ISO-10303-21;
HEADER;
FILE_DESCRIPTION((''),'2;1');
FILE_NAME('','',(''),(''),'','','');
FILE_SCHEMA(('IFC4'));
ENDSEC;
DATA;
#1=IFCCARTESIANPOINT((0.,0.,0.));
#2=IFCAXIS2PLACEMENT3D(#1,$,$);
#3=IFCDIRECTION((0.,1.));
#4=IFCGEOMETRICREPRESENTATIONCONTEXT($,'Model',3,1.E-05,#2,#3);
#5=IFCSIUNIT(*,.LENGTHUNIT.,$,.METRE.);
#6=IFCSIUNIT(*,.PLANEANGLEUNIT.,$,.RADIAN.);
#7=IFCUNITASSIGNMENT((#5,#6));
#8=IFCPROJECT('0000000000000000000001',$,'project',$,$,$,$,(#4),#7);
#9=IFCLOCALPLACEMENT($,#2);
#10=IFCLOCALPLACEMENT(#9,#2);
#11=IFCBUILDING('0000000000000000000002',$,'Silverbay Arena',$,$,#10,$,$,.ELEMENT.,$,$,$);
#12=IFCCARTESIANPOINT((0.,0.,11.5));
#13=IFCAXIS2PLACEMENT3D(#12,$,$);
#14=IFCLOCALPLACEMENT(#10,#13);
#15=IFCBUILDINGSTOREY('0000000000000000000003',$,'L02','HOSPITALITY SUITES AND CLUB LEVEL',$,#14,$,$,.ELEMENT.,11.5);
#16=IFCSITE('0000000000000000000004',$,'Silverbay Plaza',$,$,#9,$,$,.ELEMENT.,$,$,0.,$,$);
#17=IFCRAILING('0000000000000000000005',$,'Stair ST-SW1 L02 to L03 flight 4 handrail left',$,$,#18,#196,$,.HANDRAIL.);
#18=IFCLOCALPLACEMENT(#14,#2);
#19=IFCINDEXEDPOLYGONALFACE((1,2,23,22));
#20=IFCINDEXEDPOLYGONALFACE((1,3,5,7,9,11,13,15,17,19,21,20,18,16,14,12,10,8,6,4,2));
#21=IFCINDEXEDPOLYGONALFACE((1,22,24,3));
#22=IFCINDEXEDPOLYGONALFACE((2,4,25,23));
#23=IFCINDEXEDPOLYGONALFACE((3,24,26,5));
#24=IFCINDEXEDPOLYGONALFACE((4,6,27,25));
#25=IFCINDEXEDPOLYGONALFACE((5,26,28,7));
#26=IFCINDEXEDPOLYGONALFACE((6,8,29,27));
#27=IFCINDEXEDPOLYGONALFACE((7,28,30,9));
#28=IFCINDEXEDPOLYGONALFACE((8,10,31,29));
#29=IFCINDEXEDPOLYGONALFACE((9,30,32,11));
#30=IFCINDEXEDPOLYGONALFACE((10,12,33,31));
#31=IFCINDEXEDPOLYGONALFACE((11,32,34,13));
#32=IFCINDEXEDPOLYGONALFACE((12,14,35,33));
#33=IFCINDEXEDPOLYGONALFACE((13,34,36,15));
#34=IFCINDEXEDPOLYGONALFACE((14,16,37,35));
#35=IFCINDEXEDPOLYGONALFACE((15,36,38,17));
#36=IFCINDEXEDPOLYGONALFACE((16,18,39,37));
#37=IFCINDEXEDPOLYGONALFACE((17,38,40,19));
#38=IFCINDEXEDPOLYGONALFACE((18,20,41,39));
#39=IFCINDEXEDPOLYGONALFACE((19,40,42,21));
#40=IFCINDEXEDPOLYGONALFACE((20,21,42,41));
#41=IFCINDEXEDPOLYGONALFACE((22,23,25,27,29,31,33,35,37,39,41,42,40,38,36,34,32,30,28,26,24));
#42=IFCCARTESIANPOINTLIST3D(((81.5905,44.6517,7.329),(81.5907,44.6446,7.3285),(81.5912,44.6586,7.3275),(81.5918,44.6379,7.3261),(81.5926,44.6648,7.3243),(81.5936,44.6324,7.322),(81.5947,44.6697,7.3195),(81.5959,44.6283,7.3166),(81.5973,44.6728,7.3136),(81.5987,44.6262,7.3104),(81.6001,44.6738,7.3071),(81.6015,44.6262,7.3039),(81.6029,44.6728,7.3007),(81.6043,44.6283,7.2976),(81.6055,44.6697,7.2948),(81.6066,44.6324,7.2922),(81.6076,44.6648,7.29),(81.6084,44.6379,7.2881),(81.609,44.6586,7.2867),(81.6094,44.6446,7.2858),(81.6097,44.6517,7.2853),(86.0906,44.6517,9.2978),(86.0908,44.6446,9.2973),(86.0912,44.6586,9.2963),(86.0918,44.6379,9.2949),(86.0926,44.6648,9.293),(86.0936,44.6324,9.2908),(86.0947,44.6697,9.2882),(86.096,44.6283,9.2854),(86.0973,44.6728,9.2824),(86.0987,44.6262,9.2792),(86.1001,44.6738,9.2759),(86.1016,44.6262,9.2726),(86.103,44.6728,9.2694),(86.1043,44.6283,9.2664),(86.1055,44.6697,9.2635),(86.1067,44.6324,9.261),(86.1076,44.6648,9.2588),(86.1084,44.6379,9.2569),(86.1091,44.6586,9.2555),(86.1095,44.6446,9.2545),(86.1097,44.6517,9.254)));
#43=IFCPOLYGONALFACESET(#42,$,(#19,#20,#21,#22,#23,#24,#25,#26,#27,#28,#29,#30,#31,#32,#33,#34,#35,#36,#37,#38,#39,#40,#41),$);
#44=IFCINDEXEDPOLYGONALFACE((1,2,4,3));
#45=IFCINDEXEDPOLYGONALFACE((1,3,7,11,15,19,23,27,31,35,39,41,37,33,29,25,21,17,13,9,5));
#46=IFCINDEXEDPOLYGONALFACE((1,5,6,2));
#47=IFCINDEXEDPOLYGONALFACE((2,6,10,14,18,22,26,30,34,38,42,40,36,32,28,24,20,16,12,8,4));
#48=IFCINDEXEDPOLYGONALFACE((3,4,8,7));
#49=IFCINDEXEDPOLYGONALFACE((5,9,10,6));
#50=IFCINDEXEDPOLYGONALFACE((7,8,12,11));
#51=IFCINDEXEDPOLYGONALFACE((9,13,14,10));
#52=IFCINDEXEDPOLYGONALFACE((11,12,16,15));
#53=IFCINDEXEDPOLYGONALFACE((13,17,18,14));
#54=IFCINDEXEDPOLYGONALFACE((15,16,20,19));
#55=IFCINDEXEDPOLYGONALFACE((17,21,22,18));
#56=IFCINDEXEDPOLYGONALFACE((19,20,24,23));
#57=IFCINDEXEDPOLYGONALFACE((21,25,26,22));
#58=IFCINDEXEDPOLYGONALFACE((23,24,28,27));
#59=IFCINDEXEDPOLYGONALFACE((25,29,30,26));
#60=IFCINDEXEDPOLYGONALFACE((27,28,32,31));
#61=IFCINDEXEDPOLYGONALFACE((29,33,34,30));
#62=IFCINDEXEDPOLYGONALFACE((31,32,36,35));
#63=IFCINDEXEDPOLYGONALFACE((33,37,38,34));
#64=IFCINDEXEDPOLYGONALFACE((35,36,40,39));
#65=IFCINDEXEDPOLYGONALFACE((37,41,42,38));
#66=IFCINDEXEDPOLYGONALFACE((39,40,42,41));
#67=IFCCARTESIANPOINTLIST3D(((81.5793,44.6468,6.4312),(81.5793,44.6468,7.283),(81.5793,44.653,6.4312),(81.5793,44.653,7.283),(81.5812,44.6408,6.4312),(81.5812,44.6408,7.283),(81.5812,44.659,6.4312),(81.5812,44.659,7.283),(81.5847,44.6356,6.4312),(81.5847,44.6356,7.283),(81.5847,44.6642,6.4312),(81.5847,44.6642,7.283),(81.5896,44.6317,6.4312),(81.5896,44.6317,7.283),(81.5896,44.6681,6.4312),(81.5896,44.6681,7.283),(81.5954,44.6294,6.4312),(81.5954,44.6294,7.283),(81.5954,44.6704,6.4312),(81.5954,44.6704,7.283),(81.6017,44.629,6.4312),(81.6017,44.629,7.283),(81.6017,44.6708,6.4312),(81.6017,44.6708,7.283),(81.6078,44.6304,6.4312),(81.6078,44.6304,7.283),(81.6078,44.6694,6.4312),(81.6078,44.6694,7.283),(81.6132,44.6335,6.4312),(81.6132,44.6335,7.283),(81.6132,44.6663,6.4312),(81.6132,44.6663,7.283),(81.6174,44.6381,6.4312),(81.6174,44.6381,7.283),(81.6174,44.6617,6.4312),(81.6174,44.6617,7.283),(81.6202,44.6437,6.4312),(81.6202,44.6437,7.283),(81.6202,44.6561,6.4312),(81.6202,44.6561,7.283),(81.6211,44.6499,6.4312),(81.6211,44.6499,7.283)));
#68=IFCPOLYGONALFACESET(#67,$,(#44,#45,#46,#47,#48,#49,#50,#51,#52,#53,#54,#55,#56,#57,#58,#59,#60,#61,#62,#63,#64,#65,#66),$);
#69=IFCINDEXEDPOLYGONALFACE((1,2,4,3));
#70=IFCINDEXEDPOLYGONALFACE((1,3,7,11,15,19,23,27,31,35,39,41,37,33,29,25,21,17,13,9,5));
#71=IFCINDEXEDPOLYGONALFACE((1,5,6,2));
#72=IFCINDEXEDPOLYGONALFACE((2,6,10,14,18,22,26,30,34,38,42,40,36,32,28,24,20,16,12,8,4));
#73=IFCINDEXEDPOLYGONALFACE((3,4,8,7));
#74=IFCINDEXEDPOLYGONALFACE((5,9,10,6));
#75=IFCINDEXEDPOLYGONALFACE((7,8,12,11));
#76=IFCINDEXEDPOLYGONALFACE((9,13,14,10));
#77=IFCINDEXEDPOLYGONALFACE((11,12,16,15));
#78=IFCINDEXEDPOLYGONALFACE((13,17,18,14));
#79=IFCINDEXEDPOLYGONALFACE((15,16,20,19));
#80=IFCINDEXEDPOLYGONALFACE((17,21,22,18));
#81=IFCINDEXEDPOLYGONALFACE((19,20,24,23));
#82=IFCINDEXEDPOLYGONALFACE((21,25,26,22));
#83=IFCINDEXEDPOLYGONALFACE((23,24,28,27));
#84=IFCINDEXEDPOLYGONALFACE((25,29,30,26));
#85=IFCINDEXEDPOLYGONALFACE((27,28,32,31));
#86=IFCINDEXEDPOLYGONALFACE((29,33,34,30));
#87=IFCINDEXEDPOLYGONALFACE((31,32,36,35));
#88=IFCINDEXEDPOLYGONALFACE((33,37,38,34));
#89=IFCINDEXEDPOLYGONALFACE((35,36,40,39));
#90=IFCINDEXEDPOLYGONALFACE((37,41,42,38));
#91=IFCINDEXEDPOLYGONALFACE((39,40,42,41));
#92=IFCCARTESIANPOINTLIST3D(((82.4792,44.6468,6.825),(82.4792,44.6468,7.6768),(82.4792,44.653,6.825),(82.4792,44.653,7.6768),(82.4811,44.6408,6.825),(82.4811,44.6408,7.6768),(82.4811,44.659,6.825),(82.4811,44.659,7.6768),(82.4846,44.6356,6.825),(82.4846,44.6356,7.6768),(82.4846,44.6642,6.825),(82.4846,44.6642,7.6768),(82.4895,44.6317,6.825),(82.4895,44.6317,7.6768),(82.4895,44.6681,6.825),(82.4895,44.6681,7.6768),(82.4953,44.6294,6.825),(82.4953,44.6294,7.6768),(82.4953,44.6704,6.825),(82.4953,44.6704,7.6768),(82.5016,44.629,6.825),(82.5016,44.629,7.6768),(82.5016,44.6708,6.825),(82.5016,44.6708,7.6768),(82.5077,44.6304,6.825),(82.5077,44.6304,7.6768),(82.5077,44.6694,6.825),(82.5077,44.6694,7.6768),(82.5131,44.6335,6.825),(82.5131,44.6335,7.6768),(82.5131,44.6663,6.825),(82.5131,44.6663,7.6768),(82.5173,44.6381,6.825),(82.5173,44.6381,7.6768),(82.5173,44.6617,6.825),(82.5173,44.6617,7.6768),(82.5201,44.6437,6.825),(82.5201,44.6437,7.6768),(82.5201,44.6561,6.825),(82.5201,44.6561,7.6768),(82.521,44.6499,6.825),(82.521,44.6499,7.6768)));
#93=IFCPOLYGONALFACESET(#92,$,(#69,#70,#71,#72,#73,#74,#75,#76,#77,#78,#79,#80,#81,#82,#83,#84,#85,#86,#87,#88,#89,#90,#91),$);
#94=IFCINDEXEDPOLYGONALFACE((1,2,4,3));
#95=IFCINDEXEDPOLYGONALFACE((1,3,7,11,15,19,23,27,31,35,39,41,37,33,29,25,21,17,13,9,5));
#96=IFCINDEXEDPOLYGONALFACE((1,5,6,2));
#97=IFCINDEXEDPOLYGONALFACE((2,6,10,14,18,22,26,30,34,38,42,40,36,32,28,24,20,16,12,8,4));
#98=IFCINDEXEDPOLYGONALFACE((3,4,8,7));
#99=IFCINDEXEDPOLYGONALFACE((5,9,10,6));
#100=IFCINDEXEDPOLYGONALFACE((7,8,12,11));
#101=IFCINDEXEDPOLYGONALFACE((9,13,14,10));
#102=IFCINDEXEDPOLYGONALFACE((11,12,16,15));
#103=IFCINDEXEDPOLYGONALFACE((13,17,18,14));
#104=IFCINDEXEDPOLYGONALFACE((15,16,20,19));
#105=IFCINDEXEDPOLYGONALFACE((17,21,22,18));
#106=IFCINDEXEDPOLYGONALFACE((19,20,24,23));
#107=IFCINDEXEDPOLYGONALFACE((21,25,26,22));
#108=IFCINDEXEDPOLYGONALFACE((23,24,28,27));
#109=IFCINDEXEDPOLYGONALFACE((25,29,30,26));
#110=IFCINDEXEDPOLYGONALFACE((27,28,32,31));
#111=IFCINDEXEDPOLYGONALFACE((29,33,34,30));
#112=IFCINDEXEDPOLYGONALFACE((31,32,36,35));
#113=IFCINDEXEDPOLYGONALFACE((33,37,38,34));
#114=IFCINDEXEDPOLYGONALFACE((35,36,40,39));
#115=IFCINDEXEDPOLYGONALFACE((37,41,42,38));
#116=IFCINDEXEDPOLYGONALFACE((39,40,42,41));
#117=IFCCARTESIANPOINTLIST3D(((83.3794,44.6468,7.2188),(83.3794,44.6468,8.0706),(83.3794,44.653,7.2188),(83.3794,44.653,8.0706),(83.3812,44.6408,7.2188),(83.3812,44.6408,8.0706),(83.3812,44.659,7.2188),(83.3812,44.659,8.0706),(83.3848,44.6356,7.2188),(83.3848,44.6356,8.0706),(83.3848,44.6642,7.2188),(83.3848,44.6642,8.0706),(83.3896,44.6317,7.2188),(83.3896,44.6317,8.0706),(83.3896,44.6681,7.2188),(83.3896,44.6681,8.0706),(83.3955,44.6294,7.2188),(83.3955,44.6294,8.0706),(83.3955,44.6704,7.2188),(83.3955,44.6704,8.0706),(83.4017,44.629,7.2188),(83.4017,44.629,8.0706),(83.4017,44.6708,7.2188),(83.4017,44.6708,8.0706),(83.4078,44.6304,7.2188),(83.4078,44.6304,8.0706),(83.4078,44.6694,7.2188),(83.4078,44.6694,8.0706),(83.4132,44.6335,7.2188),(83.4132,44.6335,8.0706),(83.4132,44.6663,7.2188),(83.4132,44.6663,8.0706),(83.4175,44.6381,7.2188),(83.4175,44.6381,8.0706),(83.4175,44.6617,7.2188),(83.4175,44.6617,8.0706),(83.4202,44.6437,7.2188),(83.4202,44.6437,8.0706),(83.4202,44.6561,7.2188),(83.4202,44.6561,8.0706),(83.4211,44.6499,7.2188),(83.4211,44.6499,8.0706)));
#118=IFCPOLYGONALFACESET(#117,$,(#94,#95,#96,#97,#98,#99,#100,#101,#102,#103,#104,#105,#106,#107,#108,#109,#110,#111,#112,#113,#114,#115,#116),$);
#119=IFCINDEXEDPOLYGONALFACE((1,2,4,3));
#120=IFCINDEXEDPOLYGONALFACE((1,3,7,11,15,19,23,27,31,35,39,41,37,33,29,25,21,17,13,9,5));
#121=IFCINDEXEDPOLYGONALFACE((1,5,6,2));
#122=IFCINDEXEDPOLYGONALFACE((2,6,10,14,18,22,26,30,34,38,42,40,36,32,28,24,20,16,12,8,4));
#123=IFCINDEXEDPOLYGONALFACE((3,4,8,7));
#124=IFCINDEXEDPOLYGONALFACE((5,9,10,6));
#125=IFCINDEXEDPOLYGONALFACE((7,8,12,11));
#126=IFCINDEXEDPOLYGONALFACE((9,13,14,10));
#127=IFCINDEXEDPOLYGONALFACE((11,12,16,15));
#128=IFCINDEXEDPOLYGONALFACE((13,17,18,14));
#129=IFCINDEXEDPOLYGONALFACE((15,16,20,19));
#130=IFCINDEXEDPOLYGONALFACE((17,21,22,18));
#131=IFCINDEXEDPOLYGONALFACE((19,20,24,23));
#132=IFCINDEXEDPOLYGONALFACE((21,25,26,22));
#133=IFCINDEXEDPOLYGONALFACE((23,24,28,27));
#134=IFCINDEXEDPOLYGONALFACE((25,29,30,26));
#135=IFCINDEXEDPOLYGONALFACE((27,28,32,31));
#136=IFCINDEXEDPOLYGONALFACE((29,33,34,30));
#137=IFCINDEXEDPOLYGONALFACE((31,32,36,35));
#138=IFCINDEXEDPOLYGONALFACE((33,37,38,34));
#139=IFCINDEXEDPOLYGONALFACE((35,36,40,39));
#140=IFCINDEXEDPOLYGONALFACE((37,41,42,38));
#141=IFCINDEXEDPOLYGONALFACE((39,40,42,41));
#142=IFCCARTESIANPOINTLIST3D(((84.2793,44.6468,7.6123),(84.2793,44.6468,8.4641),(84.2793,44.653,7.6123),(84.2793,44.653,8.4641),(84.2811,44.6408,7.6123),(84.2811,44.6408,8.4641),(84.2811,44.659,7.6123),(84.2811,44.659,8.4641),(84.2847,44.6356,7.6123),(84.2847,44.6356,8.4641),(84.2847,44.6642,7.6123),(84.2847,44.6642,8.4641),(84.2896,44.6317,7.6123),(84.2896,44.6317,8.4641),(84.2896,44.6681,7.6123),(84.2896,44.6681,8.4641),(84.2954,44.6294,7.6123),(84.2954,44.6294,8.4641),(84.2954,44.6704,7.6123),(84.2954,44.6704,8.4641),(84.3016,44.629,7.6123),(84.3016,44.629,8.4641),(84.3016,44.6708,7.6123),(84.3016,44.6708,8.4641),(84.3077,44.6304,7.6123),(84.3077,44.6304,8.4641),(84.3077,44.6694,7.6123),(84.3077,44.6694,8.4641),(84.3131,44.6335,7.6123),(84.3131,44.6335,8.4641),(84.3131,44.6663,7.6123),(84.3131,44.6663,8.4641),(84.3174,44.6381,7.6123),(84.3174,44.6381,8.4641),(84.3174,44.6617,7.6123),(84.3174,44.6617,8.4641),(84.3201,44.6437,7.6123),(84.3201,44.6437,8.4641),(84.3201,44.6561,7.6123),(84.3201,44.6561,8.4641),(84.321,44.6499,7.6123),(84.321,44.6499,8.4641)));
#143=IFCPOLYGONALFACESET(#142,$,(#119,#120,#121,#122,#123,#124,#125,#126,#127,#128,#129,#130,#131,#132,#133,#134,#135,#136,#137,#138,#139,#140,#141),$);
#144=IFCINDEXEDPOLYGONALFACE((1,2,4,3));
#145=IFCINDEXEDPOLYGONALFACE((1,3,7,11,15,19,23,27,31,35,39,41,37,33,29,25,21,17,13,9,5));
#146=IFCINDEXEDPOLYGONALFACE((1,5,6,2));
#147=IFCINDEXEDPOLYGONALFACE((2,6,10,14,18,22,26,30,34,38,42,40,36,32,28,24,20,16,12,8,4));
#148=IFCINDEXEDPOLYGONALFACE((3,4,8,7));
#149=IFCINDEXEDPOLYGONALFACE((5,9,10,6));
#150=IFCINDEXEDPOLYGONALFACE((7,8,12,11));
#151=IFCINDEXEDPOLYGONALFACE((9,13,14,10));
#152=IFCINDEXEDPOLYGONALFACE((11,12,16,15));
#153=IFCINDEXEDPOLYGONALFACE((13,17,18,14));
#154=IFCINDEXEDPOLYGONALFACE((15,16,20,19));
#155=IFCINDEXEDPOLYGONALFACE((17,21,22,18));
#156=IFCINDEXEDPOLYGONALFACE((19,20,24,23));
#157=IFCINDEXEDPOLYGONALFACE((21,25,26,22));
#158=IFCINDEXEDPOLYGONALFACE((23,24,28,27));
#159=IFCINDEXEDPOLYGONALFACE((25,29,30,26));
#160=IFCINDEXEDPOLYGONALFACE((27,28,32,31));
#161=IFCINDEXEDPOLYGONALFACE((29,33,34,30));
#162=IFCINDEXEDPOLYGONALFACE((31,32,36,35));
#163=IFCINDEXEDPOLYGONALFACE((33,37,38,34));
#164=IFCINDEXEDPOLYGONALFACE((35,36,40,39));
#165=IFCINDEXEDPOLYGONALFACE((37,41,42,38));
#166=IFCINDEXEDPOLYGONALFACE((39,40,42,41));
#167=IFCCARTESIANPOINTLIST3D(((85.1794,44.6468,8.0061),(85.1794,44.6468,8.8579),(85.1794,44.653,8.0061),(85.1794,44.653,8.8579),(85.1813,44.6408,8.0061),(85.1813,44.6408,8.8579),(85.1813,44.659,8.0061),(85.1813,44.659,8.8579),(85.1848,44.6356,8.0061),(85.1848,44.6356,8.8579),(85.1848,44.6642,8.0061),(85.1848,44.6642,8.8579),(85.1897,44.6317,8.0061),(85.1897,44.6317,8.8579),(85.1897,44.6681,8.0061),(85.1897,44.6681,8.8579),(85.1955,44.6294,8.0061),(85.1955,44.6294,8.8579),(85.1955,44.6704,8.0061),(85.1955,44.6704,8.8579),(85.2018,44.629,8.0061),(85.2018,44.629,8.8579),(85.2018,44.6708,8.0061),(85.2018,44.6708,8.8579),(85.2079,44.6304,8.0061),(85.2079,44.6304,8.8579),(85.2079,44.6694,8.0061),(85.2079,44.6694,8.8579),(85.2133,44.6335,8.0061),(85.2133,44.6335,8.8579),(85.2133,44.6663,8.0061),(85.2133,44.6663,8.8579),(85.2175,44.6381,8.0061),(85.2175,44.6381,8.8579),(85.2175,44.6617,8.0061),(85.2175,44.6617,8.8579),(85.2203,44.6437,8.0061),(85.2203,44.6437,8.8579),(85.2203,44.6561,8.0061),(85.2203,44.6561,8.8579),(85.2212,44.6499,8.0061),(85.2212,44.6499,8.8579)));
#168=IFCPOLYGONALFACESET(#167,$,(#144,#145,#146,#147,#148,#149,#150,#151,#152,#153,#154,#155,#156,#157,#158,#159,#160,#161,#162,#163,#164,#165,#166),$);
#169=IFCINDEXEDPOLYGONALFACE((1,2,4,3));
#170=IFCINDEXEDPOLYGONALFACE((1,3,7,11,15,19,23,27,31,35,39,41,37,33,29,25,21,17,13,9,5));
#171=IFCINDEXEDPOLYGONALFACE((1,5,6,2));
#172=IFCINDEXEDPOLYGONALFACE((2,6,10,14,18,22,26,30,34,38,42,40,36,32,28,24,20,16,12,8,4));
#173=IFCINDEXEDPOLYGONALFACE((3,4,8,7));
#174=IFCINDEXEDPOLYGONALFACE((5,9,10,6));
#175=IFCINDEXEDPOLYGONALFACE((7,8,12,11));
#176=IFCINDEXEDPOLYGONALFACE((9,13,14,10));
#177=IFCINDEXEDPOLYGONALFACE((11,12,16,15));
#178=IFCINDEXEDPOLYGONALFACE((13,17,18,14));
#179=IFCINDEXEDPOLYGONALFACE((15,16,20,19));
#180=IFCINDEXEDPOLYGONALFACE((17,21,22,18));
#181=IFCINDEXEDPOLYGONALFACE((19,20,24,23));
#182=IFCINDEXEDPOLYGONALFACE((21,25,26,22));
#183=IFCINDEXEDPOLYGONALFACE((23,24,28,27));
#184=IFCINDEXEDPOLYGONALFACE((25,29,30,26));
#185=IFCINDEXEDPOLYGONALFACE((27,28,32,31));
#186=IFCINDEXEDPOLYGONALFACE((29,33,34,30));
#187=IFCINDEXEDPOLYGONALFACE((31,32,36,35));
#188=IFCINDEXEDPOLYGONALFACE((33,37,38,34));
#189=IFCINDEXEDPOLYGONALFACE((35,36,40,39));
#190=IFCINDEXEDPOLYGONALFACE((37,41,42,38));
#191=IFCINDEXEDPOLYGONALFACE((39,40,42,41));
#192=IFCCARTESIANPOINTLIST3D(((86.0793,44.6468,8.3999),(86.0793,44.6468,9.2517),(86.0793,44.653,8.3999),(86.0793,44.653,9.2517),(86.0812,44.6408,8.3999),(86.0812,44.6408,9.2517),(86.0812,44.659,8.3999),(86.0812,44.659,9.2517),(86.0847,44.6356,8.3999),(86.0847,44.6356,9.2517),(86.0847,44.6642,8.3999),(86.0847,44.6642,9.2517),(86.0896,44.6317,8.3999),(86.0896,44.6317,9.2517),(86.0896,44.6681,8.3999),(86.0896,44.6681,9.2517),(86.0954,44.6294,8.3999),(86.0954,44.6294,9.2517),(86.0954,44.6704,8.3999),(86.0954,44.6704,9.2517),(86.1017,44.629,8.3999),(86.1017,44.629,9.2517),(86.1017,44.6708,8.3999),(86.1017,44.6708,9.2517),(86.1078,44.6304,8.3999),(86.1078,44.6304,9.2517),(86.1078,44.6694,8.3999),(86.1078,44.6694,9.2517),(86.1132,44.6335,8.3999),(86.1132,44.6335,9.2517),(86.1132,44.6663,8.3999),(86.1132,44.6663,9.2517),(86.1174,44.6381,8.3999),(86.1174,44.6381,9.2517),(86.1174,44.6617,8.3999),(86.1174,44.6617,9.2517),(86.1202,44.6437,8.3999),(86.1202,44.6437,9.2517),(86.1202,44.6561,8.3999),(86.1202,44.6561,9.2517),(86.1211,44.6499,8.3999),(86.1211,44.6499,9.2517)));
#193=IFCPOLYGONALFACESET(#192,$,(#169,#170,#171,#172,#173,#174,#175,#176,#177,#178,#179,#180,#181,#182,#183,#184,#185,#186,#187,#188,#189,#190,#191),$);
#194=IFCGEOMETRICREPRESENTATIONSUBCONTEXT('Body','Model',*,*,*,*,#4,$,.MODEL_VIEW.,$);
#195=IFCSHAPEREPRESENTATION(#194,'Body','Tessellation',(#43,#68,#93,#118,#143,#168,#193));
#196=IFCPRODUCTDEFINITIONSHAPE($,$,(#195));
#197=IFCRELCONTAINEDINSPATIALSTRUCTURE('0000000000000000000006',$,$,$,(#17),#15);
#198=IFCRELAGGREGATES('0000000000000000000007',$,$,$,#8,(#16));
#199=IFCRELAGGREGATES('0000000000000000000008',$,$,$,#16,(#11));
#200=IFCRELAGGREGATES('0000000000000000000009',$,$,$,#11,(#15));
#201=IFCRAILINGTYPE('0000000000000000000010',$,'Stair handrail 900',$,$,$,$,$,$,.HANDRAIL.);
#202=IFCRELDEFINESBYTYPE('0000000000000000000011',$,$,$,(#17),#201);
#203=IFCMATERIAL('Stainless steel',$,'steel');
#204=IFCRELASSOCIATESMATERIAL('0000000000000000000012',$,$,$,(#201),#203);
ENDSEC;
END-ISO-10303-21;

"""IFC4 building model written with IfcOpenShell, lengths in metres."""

from ifc_helpers import new_model, si_unit, direction, frame, origin, origin_2d, place, context, subcontext, project, spatial, circle, extrude, material, type_object, element, save


model = new_model("IFC4")

# Units and contexts
model_context = context("Model", 3, precision=1e-05, world=origin(), true_north=direction((0.0, 1.0)))
body_context = subcontext(model_context, "Body", "Model", "MODEL_VIEW")
ifc_project = project(units=[si_unit("LENGTHUNIT", "METRE"), si_unit("PLANEANGLEUNIT", "RADIAN")], contexts=[model_context])

# Site, building, storey
site_placement = place(None, origin())
site = spatial("IfcSite", under=ifc_project, at=site_placement, Name="Silverbay Plaza", CompositionType="ELEMENT", RefElevation=0.0)
building_placement = place(site_placement, origin())
building = spatial("IfcBuilding", under=site, at=building_placement, Name="Silverbay Arena", CompositionType="ELEMENT")
storey_placement = place(building_placement, frame((0.0, 0.0, 11.5)))
storey = spatial("IfcBuildingStorey", under=building, at=storey_placement, Name="L02", Description="HOSPITALITY SUITES AND CLUB LEVEL", CompositionType="ELEMENT", Elevation=11.5)

# Railing
ifc_material_1 = material(Name="Stainless steel", Category="steel")
railing_type_1 = type_object("IfcRailingType", Name="Stair handrail 900", PredefinedType="HANDRAIL", material=ifc_material_1)
for number, where, name in (
    (1, (81.6001, 44.6499, 6.4312), "Stair ST-SW1 L02 to L03 flight 4 handrail left"),
):
    element("IfcRailing", number, at=place(storey_placement, frame(where)), inside=storey, type_object=railing_type_1, Name=name, PredefinedType="HANDRAIL", context=body_context, shape_type="SweptSolid", body=[
        extrude(circle(Radius=0.0239, at=origin_2d()), frame((0.0, 0.0, 0.876), z_axis=(0.916157, 0.0, 0.400819), x_axis=(0.0, 1.0, 0.0)), (0.0, 0.0, 1.0), 4.9119),
        extrude(circle(Radius=0.021, at=origin_2d()), origin(), (0.0, 0.0, 1.0), 0.8518),
        extrude(circle(Radius=0.021, at=origin_2d()), frame((0.8999, 0.0, 0.3938)), (0.0, 0.0, 1.0), 0.8518),
        extrude(circle(Radius=0.021, at=origin_2d()), frame((1.8, 0.0, 0.7876)), (0.0, 0.0, 1.0), 0.8518),
        extrude(circle(Radius=0.021, at=origin_2d()), frame((2.7, 0.0, 1.1812)), (0.0, 0.0, 1.0), 0.8518),
        extrude(circle(Radius=0.021, at=origin_2d()), frame((3.6001, 0.0, 1.575)), (0.0, 0.0, 1.0), 0.8518),
        extrude(circle(Radius=0.021, at=origin_2d()), frame((4.5, 0.0, 1.9688)), (0.0, 0.0, 1.0), 0.8518),
    ])

save(model, "model.ifc")
